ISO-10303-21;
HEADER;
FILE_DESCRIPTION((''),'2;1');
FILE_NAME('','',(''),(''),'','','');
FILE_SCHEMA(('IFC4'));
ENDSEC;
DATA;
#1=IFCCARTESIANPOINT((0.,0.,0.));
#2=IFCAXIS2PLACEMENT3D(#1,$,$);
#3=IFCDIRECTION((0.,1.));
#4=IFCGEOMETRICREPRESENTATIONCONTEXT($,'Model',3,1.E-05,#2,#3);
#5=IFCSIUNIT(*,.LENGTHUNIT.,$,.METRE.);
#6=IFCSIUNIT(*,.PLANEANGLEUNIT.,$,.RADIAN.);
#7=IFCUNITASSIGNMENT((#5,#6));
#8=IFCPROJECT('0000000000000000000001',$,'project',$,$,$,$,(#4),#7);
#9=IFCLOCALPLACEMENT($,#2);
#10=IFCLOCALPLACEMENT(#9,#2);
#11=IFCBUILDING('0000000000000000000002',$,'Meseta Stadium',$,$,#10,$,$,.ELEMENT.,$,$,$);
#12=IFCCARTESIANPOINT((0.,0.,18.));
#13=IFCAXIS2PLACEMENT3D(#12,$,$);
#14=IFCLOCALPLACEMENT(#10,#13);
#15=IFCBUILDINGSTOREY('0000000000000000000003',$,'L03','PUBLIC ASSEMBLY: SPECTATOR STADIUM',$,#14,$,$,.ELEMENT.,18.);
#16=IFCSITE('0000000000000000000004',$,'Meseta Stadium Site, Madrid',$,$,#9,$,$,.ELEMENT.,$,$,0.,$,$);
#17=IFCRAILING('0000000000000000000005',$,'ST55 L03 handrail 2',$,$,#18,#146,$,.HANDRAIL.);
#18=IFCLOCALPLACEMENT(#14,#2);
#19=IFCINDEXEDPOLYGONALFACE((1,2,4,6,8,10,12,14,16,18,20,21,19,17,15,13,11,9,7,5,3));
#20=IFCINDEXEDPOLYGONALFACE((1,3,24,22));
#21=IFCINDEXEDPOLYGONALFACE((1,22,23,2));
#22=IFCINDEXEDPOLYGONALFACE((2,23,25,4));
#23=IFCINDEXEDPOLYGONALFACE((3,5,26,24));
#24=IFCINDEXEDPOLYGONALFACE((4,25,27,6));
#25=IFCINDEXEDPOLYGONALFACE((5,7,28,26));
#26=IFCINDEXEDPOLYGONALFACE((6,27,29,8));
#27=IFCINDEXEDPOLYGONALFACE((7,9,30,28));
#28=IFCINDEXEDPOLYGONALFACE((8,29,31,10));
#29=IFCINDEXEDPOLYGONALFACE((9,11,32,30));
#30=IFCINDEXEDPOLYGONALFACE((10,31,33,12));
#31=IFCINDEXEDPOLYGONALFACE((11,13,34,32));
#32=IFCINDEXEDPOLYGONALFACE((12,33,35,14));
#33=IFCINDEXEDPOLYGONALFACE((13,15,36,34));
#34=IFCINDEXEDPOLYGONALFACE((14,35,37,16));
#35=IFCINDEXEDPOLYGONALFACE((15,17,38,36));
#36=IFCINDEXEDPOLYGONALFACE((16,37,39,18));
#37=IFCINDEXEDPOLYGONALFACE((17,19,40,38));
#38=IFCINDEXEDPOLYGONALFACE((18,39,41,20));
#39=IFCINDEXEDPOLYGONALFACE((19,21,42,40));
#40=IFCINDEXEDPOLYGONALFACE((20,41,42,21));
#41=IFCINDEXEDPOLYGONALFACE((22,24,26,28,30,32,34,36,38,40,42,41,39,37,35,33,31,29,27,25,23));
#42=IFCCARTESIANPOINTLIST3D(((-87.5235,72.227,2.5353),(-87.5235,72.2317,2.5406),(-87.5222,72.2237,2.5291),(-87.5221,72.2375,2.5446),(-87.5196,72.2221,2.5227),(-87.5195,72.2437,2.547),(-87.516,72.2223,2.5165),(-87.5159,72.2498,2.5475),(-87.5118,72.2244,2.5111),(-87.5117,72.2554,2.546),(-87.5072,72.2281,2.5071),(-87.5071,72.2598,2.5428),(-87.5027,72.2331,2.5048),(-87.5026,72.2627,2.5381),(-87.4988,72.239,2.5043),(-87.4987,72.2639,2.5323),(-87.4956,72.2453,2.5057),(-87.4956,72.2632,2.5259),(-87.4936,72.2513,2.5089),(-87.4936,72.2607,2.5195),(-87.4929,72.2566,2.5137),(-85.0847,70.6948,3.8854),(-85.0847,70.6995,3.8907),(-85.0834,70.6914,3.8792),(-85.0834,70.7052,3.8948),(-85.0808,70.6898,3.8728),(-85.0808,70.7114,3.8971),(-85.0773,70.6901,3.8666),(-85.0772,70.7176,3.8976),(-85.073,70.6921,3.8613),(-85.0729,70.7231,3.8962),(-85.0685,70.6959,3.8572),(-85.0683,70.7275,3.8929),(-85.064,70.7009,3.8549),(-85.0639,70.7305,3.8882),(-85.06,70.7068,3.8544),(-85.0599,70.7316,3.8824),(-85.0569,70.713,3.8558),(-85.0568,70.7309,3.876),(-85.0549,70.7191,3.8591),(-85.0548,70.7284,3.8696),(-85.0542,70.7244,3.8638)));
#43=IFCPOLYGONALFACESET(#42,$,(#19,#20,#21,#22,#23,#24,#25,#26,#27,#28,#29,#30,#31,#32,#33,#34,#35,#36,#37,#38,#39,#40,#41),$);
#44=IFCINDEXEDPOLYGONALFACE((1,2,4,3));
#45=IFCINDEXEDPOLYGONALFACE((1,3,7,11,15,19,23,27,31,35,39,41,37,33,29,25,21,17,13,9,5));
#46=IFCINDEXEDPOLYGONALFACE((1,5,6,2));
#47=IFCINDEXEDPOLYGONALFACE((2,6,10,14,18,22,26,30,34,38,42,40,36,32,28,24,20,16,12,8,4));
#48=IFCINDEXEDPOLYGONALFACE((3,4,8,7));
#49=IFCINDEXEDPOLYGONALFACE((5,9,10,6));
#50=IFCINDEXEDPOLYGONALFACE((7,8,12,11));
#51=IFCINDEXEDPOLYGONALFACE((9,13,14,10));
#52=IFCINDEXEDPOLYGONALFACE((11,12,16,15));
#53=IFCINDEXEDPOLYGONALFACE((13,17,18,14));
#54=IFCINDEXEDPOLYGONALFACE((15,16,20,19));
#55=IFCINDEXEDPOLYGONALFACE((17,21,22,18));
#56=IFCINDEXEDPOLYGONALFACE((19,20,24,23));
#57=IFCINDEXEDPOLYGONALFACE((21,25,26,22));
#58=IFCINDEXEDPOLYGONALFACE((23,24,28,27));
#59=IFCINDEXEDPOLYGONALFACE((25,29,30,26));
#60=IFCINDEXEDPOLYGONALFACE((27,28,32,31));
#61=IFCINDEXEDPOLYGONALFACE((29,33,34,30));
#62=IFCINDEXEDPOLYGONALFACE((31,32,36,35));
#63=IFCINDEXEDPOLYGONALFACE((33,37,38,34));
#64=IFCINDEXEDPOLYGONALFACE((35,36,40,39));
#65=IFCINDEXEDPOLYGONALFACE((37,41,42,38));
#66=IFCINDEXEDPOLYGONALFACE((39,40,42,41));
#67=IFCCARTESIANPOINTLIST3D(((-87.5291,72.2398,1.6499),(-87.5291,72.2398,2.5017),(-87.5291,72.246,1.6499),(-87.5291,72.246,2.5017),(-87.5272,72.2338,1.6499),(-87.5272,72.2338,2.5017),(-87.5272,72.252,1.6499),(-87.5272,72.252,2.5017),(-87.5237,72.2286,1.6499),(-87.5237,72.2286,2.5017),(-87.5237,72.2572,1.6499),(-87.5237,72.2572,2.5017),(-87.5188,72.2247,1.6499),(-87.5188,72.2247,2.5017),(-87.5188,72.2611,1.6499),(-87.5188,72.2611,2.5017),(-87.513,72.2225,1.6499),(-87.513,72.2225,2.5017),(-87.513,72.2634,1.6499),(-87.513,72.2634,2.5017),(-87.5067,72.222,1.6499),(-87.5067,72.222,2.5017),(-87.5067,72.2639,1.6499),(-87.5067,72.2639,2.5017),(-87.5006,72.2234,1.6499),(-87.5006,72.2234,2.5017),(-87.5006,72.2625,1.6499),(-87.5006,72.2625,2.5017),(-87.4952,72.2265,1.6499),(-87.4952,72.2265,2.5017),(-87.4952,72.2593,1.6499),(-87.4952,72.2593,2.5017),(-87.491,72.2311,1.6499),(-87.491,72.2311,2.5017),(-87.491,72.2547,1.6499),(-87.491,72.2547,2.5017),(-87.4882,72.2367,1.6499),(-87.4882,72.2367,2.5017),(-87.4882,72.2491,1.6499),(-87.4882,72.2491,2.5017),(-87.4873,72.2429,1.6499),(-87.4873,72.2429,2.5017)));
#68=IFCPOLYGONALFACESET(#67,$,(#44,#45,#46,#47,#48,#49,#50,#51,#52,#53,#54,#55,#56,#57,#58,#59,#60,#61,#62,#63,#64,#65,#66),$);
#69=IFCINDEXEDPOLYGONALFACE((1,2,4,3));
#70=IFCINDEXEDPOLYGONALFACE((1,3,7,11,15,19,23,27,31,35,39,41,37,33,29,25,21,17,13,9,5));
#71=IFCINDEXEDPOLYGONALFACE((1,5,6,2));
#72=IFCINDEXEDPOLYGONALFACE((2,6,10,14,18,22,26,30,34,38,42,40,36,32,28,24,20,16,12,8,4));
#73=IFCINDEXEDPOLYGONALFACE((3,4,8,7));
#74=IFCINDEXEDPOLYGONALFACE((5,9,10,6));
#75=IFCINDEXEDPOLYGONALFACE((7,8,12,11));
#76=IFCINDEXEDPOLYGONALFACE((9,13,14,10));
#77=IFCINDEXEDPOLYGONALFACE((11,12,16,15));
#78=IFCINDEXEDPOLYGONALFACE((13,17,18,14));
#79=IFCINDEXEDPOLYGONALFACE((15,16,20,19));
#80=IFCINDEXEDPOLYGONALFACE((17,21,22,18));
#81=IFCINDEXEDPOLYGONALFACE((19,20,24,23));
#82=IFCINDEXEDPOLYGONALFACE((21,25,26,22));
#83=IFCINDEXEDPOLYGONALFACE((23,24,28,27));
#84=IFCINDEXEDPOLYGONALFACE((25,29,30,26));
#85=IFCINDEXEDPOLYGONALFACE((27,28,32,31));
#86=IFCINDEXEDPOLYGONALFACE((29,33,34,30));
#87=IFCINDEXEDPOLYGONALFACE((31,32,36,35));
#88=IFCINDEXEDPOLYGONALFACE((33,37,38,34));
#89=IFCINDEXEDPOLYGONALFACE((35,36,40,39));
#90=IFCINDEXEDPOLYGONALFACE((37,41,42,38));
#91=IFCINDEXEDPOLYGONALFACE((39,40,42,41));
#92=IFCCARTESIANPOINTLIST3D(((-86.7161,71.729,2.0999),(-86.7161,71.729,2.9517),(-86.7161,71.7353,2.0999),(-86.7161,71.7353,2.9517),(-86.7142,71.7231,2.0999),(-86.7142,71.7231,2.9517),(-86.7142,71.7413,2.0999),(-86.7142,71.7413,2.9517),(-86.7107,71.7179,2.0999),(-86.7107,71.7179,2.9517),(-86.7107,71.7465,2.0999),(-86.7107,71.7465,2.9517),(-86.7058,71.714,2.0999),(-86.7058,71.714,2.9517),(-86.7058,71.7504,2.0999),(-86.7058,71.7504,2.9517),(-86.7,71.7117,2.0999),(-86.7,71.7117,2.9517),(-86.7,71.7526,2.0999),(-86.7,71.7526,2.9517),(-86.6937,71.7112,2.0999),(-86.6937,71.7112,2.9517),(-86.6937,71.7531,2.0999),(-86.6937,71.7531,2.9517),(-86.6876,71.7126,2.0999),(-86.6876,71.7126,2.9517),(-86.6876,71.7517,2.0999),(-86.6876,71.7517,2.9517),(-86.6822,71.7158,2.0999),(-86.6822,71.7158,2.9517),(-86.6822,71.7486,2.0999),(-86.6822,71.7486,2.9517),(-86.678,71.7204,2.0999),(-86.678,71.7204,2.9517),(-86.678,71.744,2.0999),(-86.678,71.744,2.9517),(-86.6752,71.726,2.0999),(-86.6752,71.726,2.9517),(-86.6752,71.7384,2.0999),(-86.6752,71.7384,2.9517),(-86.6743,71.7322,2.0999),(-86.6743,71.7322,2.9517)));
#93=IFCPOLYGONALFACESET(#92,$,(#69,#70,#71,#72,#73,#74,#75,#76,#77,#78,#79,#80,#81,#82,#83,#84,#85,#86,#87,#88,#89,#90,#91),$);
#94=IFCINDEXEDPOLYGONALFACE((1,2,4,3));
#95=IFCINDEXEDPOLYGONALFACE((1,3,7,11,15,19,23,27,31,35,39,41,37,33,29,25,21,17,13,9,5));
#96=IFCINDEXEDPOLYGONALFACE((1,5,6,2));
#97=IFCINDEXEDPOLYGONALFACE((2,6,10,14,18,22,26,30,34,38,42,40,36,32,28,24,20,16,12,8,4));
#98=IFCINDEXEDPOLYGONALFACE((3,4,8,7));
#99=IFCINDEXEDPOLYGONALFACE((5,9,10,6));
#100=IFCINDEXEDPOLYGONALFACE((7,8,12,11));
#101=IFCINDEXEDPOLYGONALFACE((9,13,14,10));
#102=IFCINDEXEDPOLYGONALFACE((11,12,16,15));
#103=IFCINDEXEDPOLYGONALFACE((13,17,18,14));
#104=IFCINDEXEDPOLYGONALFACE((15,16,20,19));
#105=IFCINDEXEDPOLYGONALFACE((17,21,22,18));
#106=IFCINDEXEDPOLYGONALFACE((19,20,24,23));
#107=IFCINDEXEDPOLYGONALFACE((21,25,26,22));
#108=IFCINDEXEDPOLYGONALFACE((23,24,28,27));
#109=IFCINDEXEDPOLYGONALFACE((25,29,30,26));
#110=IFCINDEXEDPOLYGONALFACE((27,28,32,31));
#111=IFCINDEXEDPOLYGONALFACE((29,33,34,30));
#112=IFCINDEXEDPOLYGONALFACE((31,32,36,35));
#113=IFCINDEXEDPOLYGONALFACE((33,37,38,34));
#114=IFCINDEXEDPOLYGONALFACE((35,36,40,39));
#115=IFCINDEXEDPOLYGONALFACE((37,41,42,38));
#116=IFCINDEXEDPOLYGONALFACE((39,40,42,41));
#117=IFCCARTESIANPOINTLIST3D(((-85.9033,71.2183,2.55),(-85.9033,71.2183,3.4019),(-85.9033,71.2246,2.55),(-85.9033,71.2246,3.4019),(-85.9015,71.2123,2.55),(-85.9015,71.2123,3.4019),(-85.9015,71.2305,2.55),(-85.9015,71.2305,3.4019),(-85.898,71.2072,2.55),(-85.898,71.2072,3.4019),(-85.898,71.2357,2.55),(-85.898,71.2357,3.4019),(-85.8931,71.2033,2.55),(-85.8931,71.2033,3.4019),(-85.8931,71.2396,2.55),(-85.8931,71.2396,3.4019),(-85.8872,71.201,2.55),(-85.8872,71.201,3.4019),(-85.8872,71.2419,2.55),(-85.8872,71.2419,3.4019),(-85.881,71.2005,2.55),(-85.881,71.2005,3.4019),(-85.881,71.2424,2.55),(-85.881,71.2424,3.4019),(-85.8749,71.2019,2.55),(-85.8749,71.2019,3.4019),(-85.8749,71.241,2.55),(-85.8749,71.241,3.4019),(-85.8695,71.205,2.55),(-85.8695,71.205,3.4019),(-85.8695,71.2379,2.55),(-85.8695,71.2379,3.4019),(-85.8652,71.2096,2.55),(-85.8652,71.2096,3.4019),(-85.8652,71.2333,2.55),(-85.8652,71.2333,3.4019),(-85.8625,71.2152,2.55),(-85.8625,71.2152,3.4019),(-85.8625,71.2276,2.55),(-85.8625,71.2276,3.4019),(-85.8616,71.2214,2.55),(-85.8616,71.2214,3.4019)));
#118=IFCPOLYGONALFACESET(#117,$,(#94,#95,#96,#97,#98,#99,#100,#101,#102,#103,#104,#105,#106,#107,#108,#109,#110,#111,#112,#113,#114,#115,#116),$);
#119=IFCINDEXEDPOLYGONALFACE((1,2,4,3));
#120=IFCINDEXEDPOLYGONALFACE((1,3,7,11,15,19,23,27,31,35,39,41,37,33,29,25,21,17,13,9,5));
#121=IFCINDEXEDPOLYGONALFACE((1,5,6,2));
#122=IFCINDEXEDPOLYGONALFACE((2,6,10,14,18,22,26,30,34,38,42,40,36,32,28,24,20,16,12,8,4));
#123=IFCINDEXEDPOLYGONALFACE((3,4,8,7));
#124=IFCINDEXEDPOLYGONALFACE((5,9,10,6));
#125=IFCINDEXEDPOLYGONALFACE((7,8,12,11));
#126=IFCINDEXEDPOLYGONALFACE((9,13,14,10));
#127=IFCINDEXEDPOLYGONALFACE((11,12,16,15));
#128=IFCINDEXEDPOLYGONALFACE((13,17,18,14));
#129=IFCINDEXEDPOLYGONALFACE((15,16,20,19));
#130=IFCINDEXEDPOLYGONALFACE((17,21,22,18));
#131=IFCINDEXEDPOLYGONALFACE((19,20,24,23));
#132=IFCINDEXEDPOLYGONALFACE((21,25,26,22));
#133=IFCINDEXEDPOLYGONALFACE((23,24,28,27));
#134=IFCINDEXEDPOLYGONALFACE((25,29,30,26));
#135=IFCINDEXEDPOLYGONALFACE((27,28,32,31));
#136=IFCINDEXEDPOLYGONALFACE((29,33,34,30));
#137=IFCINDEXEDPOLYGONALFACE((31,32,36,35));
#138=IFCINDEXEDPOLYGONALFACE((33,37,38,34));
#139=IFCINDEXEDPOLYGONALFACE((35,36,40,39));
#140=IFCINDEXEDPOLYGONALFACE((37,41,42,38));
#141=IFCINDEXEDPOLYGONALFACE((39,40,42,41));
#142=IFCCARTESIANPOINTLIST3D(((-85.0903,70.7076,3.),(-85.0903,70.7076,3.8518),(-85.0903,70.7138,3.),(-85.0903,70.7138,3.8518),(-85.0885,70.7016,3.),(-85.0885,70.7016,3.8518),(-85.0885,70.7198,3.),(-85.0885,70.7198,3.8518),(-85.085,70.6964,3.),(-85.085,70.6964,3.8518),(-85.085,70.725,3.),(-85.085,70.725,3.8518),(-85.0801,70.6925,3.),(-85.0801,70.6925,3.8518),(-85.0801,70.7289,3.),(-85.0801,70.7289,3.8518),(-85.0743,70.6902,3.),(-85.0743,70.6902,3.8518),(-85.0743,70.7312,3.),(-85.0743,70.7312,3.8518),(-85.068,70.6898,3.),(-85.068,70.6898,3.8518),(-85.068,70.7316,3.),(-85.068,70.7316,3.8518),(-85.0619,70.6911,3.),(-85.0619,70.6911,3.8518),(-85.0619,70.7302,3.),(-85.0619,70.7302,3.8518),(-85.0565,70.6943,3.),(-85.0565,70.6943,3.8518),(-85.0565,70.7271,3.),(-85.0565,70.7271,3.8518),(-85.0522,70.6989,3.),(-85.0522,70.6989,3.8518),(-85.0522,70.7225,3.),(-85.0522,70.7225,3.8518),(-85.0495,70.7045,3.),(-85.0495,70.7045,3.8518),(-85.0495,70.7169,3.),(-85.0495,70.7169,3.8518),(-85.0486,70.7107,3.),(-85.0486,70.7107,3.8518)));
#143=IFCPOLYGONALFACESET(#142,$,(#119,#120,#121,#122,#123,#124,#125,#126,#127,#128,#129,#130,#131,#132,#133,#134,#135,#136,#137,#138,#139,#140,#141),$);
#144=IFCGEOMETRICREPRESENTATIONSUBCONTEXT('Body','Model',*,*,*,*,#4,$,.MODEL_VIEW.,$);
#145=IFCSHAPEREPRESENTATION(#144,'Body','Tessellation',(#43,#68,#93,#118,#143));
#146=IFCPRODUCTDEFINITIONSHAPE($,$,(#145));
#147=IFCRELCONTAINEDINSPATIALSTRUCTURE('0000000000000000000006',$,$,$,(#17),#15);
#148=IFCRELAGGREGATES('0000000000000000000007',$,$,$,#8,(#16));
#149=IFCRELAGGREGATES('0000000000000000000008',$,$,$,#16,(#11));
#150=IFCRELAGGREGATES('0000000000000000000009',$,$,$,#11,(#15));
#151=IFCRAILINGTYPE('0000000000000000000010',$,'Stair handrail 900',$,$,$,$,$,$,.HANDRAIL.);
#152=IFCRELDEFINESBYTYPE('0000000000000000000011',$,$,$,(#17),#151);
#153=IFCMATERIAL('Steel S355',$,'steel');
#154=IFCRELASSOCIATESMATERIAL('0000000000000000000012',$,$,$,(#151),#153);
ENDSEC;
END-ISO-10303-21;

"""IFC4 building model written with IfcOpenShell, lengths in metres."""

from ifc_helpers import new_model, si_unit, direction, frame, origin, origin_2d, place, context, subcontext, project, spatial, circle, extrude, material, type_object, element, save


model = new_model("IFC4")

# Units and contexts
model_context = context("Model", 3, precision=1e-05, world=origin(), true_north=direction((0.0, 1.0)))
body_context = subcontext(model_context, "Body", "Model", "MODEL_VIEW")
ifc_project = project(units=[si_unit("LENGTHUNIT", "METRE"), si_unit("PLANEANGLEUNIT", "RADIAN")], contexts=[model_context])

# Site, building, storey
site_placement = place(None, origin())
site = spatial("IfcSite", under=ifc_project, at=site_placement, Name="Meseta Stadium Site, Madrid", CompositionType="ELEMENT", RefElevation=0.0)
building_placement = place(site_placement, origin())
building = spatial("IfcBuilding", under=site, at=building_placement, Name="Meseta Stadium", CompositionType="ELEMENT")
storey_placement = place(building_placement, frame((0.0, 0.0, 18.0)))
storey = spatial("IfcBuildingStorey", under=building, at=storey_placement, Name="L03", Description="PUBLIC ASSEMBLY: SPECTATOR STADIUM", CompositionType="ELEMENT", Elevation=18.0)

# Railing
ifc_material_1 = material(Name="Steel S355", Category="steel")
railing_type_1 = type_object("IfcRailingType", Name="Stair handrail 900", PredefinedType="HANDRAIL", material=ifc_material_1)
for number, where, name in (
    (1, (-87.5083, 72.2429, 1.6499), "ST55 L03 handrail 2"),
):
    element("IfcRailing", number, at=place(storey_placement, frame(where)), inside=storey, type_object=railing_type_1, Name=name, PredefinedType="HANDRAIL", context=body_context, shape_type="SweptSolid", body=[
        extrude(circle(Radius=0.0239, at=origin_2d()), frame((0.0, 0.0, 0.876), z_axis=(0.766687, -0.481703, 0.424445), x_axis=(0.532001, 0.846743, 0.0)), (0.0, 0.0, 1.0), 3.1809),
        extrude(circle(Radius=0.021, at=origin_2d()), origin(), (0.0, 0.0, 1.0), 0.8518),
        extrude(circle(Radius=0.021, at=origin_2d()), frame((0.813, -0.5107, 0.45)), (0.0, 0.0, 1.0), 0.8518),
        extrude(circle(Radius=0.021, at=origin_2d()), frame((1.6257, -1.0215, 0.9001)), (0.0, 0.0, 1.0), 0.8518),
        extrude(circle(Radius=0.021, at=origin_2d()), frame((2.4387, -1.5322, 1.3501)), (0.0, 0.0, 1.0), 0.8518),
    ])

save(model, "model.ifc")
